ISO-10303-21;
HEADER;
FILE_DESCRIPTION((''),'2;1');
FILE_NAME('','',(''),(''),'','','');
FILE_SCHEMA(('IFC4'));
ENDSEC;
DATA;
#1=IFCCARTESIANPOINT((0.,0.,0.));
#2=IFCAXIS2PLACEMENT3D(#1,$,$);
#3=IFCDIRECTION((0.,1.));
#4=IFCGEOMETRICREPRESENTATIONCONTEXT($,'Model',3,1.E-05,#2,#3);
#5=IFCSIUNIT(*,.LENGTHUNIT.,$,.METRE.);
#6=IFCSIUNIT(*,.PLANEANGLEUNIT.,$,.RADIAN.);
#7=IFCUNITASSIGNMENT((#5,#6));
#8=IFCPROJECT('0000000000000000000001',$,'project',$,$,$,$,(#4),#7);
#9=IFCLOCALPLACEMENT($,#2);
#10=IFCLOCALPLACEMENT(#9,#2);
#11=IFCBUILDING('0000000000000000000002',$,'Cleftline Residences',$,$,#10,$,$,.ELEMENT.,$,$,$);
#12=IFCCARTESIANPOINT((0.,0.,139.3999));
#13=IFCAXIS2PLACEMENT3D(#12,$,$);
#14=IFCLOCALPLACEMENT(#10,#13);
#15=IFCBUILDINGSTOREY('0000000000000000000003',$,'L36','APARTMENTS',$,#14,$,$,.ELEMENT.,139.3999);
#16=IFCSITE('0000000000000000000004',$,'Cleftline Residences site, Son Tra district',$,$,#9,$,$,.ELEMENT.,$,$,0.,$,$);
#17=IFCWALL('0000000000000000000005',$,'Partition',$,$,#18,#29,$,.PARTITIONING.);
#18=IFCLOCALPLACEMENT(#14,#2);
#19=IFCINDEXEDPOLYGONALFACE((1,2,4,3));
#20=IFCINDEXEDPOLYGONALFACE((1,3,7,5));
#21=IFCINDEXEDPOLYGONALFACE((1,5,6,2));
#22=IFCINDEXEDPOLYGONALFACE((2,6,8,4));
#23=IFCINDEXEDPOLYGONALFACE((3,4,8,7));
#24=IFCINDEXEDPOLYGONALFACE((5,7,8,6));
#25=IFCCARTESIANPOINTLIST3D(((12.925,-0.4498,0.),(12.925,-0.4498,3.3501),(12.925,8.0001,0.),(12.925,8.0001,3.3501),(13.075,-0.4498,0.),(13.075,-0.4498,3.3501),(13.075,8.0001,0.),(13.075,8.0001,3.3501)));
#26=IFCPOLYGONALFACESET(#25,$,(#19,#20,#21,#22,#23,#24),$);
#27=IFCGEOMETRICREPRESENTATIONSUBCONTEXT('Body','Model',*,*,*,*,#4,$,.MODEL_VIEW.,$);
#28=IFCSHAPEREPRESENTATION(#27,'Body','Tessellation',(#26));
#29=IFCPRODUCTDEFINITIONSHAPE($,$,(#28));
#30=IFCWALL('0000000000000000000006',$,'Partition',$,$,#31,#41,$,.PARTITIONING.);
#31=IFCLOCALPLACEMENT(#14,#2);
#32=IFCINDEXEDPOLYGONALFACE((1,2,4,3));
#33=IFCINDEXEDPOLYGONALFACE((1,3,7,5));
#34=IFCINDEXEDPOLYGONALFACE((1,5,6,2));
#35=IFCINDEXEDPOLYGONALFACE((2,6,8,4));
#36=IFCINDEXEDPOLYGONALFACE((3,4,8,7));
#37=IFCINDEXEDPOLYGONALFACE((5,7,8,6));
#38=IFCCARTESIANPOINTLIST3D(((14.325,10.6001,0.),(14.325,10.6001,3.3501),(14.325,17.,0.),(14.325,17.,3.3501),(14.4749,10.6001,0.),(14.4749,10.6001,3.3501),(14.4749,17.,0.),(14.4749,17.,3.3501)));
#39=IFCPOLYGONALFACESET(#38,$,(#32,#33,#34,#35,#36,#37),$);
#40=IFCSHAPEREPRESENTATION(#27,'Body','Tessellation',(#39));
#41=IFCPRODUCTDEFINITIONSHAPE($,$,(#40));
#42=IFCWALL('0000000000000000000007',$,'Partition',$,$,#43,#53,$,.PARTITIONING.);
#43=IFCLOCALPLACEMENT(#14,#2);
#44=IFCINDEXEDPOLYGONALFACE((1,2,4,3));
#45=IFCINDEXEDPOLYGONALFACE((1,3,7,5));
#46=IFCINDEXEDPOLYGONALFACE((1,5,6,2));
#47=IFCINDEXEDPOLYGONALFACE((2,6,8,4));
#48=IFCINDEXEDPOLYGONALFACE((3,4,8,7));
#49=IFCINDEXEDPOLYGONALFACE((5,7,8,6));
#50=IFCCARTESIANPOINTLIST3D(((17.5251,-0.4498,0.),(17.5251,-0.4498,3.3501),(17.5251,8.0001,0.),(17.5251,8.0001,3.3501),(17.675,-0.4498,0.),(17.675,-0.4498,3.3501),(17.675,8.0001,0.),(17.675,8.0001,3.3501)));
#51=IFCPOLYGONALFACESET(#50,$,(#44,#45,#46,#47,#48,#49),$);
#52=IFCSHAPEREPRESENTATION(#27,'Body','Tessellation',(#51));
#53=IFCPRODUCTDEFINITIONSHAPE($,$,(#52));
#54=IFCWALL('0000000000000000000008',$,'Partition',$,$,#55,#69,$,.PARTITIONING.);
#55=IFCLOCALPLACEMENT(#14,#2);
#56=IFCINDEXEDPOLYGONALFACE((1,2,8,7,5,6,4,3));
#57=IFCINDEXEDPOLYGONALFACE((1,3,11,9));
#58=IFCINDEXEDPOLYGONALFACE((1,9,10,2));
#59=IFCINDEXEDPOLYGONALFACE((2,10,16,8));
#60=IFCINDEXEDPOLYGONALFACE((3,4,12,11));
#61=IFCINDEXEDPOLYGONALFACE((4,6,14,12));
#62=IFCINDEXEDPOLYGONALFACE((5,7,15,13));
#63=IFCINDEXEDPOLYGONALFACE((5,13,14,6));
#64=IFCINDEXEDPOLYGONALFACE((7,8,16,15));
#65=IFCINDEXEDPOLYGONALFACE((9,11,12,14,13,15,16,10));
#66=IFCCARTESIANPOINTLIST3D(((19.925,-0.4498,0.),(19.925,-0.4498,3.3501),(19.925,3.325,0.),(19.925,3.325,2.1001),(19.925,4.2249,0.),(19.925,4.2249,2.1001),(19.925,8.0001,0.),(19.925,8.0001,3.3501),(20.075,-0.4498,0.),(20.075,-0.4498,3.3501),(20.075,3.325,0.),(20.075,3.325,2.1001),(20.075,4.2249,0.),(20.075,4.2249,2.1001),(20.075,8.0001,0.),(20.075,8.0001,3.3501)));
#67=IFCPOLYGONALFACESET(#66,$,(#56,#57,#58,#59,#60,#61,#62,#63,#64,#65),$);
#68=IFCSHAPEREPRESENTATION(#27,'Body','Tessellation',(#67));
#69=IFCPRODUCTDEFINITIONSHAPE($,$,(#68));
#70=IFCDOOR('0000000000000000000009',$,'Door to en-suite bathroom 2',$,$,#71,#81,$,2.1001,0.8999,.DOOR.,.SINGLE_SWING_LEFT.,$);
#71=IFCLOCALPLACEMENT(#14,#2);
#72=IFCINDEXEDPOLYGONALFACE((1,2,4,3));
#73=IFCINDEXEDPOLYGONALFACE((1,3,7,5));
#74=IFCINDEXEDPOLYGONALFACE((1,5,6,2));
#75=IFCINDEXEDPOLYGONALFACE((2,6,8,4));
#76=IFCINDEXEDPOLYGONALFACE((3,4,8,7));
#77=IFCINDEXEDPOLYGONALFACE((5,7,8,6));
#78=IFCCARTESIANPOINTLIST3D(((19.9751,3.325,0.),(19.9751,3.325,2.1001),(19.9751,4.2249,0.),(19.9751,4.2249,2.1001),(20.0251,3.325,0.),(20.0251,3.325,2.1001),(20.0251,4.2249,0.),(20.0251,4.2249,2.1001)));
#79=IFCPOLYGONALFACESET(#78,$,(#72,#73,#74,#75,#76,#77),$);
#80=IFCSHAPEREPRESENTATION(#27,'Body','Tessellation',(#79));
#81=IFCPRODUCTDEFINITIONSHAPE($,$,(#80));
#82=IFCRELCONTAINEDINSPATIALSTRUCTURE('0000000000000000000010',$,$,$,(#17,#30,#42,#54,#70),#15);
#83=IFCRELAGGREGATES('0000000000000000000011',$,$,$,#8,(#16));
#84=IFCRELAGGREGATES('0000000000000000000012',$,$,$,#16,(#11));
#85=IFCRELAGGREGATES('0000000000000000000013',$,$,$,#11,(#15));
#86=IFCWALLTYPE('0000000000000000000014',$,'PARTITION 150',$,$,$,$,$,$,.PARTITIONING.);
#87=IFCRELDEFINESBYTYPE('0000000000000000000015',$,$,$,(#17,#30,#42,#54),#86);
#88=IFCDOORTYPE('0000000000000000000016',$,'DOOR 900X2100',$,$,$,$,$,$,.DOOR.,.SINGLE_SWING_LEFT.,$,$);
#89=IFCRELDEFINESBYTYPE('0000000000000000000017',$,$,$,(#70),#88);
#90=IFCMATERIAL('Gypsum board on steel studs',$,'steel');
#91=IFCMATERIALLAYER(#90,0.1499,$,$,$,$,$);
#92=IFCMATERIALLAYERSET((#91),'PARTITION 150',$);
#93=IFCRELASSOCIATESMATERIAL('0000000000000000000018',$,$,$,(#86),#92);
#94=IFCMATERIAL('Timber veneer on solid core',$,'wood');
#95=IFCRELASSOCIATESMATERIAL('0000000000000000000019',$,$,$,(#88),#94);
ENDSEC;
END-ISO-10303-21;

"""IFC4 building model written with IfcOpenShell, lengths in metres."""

from ifc_helpers import new_model, si_unit, direction, frame, frame_2d, origin, place, context, subcontext, project, spatial, rectangle, extrude, material, layer, layer_set, type_object, element, fill, save


model = new_model("IFC4")

# Units and contexts
model_context = context("Model", 3, precision=1e-05, world=origin(), true_north=direction((0.0, 1.0)))
body_context = subcontext(model_context, "Body", "Model", "MODEL_VIEW")
ifc_project = project(units=[si_unit("LENGTHUNIT", "METRE"), si_unit("PLANEANGLEUNIT", "RADIAN")], contexts=[model_context])

# Site, building, storey
site_placement = place(None, origin())
site = spatial("IfcSite", under=ifc_project, at=site_placement, Name="Cleftline Residences site, Son Tra district", CompositionType="ELEMENT", RefElevation=0.0)
building_placement = place(site_placement, origin())
building = spatial("IfcBuilding", under=site, at=building_placement, Name="Cleftline Residences", CompositionType="ELEMENT")
storey_placement = place(building_placement, frame((0.0, 0.0, 139.3999)))
storey = spatial("IfcBuildingStorey", under=building, at=storey_placement, Name="L36", Description="APARTMENTS", CompositionType="ELEMENT", Elevation=139.3999)

# Shared definitions
ifc_material_1 = material(Name="Gypsum board on steel studs", Category="steel")
ifc_layer_1 = layer(ifc_material_1, 0.1499)
ifc_layer_set_1 = layer_set([ifc_layer_1], Name="PARTITION 150")
wall_type = type_object("IfcWallType", Name="PARTITION 150", PredefinedType="PARTITIONING", material=ifc_layer_set_1)

# Walls
wall_1_placement = place(storey_placement, frame((13.0, -0.45, 0.0), z_axis=(0.0, 0.0, 1.0), x_axis=(0.0, 1.0, 0.0)))
element("IfcWall", 1, at=wall_1_placement, inside=storey, type_object=wall_type, Name="Partition", PredefinedType="PARTITIONING", context=body_context, shape_type="SweptSolid", body=[
    extrude(rectangle(XDim=8.45, YDim=0.1499, at=frame_2d((4.2251, 0.0))), origin(), (0.0, 0.0, 1.0), 3.3501),
])
wall_2_placement = place(storey_placement, frame((14.3999, 10.6001, 0.0), z_axis=(0.0, 0.0, 1.0), x_axis=(0.0, 1.0, 0.0)))
element("IfcWall", 2, at=wall_2_placement, inside=storey, type_object=wall_type, Name="Partition", PredefinedType="PARTITIONING", context=body_context, shape_type="SweptSolid", body=[
    extrude(rectangle(XDim=6.3999, YDim=0.1499, at=frame_2d((3.2, 0.0))), origin(), (0.0, 0.0, 1.0), 3.3501),
])
wall_3_placement = place(storey_placement, frame((17.6001, -0.45, 0.0), z_axis=(0.0, 0.0, 1.0), x_axis=(0.0, 1.0, 0.0)))
element("IfcWall", 3, at=wall_3_placement, inside=storey, type_object=wall_type, Name="Partition", PredefinedType="PARTITIONING", context=body_context, shape_type="SweptSolid", body=[
    extrude(rectangle(XDim=8.45, YDim=0.1499, at=frame_2d((4.2251, 0.0))), origin(), (0.0, 0.0, 1.0), 3.3501),
])

# Wall, opening, door
wall_4_placement = place(storey_placement, frame((20.0, -0.45, 0.0), z_axis=(0.0, 0.0, 1.0), x_axis=(0.0, 1.0, 0.0)))
wall_4 = element("IfcWall", 4, at=wall_4_placement, inside=storey, type_object=wall_type, Name="Partition", PredefinedType="PARTITIONING", context=body_context, shape_type="SweptSolid", body=[
    extrude(rectangle(XDim=8.45, YDim=0.1499, at=frame_2d((4.2251, 0.0))), origin(), (0.0, 0.0, 1.0), 3.3501),
])
opening_1_placement = place(wall_4_placement, frame((3.7749, 0.0, 0.0)))
opening_1 = element("IfcOpeningElement", 5, at=opening_1_placement, cuts=wall_4, PredefinedType="OPENING", context=body_context, shape_type="SweptSolid", body=[
    extrude(rectangle(XDim=0.8999, YDim=2.1001, at=frame_2d((0.45, 1.05))), frame((0.0, 0.085, 0.0), z_axis=(0.0, -1.0, 0.0), x_axis=(1.0, 0.0, 0.0)), (0.0, 0.0, 1.0), 0.1699),
])
ifc_material_2 = material(Name="Timber veneer on solid core", Category="wood")
door_type_1 = type_object("IfcDoorType", Name="DOOR 900X2100", OperationType="SINGLE_SWING_LEFT", PredefinedType="DOOR", material=ifc_material_2)
door_1_placement = place(opening_1_placement, origin())
door_1 = element("IfcDoor", 6, at=door_1_placement, inside=storey, type_object=door_type_1, Name="Door to en-suite bathroom 2", OperationType="SINGLE_SWING_LEFT", OverallHeight=2.1001, OverallWidth=0.8999, PredefinedType="DOOR", context=body_context, shape_type="SweptSolid", body=[
    extrude(rectangle(XDim=0.8999, YDim=2.1001, at=frame_2d((0.45, 1.05))), frame((0.0, 0.0249, 0.0), z_axis=(0.0, -1.0, 0.0), x_axis=(1.0, 0.0, 0.0)), (0.0, 0.0, 1.0), 0.05),
])
fill(opening_1, door_1)

save(model, "model.ifc")
